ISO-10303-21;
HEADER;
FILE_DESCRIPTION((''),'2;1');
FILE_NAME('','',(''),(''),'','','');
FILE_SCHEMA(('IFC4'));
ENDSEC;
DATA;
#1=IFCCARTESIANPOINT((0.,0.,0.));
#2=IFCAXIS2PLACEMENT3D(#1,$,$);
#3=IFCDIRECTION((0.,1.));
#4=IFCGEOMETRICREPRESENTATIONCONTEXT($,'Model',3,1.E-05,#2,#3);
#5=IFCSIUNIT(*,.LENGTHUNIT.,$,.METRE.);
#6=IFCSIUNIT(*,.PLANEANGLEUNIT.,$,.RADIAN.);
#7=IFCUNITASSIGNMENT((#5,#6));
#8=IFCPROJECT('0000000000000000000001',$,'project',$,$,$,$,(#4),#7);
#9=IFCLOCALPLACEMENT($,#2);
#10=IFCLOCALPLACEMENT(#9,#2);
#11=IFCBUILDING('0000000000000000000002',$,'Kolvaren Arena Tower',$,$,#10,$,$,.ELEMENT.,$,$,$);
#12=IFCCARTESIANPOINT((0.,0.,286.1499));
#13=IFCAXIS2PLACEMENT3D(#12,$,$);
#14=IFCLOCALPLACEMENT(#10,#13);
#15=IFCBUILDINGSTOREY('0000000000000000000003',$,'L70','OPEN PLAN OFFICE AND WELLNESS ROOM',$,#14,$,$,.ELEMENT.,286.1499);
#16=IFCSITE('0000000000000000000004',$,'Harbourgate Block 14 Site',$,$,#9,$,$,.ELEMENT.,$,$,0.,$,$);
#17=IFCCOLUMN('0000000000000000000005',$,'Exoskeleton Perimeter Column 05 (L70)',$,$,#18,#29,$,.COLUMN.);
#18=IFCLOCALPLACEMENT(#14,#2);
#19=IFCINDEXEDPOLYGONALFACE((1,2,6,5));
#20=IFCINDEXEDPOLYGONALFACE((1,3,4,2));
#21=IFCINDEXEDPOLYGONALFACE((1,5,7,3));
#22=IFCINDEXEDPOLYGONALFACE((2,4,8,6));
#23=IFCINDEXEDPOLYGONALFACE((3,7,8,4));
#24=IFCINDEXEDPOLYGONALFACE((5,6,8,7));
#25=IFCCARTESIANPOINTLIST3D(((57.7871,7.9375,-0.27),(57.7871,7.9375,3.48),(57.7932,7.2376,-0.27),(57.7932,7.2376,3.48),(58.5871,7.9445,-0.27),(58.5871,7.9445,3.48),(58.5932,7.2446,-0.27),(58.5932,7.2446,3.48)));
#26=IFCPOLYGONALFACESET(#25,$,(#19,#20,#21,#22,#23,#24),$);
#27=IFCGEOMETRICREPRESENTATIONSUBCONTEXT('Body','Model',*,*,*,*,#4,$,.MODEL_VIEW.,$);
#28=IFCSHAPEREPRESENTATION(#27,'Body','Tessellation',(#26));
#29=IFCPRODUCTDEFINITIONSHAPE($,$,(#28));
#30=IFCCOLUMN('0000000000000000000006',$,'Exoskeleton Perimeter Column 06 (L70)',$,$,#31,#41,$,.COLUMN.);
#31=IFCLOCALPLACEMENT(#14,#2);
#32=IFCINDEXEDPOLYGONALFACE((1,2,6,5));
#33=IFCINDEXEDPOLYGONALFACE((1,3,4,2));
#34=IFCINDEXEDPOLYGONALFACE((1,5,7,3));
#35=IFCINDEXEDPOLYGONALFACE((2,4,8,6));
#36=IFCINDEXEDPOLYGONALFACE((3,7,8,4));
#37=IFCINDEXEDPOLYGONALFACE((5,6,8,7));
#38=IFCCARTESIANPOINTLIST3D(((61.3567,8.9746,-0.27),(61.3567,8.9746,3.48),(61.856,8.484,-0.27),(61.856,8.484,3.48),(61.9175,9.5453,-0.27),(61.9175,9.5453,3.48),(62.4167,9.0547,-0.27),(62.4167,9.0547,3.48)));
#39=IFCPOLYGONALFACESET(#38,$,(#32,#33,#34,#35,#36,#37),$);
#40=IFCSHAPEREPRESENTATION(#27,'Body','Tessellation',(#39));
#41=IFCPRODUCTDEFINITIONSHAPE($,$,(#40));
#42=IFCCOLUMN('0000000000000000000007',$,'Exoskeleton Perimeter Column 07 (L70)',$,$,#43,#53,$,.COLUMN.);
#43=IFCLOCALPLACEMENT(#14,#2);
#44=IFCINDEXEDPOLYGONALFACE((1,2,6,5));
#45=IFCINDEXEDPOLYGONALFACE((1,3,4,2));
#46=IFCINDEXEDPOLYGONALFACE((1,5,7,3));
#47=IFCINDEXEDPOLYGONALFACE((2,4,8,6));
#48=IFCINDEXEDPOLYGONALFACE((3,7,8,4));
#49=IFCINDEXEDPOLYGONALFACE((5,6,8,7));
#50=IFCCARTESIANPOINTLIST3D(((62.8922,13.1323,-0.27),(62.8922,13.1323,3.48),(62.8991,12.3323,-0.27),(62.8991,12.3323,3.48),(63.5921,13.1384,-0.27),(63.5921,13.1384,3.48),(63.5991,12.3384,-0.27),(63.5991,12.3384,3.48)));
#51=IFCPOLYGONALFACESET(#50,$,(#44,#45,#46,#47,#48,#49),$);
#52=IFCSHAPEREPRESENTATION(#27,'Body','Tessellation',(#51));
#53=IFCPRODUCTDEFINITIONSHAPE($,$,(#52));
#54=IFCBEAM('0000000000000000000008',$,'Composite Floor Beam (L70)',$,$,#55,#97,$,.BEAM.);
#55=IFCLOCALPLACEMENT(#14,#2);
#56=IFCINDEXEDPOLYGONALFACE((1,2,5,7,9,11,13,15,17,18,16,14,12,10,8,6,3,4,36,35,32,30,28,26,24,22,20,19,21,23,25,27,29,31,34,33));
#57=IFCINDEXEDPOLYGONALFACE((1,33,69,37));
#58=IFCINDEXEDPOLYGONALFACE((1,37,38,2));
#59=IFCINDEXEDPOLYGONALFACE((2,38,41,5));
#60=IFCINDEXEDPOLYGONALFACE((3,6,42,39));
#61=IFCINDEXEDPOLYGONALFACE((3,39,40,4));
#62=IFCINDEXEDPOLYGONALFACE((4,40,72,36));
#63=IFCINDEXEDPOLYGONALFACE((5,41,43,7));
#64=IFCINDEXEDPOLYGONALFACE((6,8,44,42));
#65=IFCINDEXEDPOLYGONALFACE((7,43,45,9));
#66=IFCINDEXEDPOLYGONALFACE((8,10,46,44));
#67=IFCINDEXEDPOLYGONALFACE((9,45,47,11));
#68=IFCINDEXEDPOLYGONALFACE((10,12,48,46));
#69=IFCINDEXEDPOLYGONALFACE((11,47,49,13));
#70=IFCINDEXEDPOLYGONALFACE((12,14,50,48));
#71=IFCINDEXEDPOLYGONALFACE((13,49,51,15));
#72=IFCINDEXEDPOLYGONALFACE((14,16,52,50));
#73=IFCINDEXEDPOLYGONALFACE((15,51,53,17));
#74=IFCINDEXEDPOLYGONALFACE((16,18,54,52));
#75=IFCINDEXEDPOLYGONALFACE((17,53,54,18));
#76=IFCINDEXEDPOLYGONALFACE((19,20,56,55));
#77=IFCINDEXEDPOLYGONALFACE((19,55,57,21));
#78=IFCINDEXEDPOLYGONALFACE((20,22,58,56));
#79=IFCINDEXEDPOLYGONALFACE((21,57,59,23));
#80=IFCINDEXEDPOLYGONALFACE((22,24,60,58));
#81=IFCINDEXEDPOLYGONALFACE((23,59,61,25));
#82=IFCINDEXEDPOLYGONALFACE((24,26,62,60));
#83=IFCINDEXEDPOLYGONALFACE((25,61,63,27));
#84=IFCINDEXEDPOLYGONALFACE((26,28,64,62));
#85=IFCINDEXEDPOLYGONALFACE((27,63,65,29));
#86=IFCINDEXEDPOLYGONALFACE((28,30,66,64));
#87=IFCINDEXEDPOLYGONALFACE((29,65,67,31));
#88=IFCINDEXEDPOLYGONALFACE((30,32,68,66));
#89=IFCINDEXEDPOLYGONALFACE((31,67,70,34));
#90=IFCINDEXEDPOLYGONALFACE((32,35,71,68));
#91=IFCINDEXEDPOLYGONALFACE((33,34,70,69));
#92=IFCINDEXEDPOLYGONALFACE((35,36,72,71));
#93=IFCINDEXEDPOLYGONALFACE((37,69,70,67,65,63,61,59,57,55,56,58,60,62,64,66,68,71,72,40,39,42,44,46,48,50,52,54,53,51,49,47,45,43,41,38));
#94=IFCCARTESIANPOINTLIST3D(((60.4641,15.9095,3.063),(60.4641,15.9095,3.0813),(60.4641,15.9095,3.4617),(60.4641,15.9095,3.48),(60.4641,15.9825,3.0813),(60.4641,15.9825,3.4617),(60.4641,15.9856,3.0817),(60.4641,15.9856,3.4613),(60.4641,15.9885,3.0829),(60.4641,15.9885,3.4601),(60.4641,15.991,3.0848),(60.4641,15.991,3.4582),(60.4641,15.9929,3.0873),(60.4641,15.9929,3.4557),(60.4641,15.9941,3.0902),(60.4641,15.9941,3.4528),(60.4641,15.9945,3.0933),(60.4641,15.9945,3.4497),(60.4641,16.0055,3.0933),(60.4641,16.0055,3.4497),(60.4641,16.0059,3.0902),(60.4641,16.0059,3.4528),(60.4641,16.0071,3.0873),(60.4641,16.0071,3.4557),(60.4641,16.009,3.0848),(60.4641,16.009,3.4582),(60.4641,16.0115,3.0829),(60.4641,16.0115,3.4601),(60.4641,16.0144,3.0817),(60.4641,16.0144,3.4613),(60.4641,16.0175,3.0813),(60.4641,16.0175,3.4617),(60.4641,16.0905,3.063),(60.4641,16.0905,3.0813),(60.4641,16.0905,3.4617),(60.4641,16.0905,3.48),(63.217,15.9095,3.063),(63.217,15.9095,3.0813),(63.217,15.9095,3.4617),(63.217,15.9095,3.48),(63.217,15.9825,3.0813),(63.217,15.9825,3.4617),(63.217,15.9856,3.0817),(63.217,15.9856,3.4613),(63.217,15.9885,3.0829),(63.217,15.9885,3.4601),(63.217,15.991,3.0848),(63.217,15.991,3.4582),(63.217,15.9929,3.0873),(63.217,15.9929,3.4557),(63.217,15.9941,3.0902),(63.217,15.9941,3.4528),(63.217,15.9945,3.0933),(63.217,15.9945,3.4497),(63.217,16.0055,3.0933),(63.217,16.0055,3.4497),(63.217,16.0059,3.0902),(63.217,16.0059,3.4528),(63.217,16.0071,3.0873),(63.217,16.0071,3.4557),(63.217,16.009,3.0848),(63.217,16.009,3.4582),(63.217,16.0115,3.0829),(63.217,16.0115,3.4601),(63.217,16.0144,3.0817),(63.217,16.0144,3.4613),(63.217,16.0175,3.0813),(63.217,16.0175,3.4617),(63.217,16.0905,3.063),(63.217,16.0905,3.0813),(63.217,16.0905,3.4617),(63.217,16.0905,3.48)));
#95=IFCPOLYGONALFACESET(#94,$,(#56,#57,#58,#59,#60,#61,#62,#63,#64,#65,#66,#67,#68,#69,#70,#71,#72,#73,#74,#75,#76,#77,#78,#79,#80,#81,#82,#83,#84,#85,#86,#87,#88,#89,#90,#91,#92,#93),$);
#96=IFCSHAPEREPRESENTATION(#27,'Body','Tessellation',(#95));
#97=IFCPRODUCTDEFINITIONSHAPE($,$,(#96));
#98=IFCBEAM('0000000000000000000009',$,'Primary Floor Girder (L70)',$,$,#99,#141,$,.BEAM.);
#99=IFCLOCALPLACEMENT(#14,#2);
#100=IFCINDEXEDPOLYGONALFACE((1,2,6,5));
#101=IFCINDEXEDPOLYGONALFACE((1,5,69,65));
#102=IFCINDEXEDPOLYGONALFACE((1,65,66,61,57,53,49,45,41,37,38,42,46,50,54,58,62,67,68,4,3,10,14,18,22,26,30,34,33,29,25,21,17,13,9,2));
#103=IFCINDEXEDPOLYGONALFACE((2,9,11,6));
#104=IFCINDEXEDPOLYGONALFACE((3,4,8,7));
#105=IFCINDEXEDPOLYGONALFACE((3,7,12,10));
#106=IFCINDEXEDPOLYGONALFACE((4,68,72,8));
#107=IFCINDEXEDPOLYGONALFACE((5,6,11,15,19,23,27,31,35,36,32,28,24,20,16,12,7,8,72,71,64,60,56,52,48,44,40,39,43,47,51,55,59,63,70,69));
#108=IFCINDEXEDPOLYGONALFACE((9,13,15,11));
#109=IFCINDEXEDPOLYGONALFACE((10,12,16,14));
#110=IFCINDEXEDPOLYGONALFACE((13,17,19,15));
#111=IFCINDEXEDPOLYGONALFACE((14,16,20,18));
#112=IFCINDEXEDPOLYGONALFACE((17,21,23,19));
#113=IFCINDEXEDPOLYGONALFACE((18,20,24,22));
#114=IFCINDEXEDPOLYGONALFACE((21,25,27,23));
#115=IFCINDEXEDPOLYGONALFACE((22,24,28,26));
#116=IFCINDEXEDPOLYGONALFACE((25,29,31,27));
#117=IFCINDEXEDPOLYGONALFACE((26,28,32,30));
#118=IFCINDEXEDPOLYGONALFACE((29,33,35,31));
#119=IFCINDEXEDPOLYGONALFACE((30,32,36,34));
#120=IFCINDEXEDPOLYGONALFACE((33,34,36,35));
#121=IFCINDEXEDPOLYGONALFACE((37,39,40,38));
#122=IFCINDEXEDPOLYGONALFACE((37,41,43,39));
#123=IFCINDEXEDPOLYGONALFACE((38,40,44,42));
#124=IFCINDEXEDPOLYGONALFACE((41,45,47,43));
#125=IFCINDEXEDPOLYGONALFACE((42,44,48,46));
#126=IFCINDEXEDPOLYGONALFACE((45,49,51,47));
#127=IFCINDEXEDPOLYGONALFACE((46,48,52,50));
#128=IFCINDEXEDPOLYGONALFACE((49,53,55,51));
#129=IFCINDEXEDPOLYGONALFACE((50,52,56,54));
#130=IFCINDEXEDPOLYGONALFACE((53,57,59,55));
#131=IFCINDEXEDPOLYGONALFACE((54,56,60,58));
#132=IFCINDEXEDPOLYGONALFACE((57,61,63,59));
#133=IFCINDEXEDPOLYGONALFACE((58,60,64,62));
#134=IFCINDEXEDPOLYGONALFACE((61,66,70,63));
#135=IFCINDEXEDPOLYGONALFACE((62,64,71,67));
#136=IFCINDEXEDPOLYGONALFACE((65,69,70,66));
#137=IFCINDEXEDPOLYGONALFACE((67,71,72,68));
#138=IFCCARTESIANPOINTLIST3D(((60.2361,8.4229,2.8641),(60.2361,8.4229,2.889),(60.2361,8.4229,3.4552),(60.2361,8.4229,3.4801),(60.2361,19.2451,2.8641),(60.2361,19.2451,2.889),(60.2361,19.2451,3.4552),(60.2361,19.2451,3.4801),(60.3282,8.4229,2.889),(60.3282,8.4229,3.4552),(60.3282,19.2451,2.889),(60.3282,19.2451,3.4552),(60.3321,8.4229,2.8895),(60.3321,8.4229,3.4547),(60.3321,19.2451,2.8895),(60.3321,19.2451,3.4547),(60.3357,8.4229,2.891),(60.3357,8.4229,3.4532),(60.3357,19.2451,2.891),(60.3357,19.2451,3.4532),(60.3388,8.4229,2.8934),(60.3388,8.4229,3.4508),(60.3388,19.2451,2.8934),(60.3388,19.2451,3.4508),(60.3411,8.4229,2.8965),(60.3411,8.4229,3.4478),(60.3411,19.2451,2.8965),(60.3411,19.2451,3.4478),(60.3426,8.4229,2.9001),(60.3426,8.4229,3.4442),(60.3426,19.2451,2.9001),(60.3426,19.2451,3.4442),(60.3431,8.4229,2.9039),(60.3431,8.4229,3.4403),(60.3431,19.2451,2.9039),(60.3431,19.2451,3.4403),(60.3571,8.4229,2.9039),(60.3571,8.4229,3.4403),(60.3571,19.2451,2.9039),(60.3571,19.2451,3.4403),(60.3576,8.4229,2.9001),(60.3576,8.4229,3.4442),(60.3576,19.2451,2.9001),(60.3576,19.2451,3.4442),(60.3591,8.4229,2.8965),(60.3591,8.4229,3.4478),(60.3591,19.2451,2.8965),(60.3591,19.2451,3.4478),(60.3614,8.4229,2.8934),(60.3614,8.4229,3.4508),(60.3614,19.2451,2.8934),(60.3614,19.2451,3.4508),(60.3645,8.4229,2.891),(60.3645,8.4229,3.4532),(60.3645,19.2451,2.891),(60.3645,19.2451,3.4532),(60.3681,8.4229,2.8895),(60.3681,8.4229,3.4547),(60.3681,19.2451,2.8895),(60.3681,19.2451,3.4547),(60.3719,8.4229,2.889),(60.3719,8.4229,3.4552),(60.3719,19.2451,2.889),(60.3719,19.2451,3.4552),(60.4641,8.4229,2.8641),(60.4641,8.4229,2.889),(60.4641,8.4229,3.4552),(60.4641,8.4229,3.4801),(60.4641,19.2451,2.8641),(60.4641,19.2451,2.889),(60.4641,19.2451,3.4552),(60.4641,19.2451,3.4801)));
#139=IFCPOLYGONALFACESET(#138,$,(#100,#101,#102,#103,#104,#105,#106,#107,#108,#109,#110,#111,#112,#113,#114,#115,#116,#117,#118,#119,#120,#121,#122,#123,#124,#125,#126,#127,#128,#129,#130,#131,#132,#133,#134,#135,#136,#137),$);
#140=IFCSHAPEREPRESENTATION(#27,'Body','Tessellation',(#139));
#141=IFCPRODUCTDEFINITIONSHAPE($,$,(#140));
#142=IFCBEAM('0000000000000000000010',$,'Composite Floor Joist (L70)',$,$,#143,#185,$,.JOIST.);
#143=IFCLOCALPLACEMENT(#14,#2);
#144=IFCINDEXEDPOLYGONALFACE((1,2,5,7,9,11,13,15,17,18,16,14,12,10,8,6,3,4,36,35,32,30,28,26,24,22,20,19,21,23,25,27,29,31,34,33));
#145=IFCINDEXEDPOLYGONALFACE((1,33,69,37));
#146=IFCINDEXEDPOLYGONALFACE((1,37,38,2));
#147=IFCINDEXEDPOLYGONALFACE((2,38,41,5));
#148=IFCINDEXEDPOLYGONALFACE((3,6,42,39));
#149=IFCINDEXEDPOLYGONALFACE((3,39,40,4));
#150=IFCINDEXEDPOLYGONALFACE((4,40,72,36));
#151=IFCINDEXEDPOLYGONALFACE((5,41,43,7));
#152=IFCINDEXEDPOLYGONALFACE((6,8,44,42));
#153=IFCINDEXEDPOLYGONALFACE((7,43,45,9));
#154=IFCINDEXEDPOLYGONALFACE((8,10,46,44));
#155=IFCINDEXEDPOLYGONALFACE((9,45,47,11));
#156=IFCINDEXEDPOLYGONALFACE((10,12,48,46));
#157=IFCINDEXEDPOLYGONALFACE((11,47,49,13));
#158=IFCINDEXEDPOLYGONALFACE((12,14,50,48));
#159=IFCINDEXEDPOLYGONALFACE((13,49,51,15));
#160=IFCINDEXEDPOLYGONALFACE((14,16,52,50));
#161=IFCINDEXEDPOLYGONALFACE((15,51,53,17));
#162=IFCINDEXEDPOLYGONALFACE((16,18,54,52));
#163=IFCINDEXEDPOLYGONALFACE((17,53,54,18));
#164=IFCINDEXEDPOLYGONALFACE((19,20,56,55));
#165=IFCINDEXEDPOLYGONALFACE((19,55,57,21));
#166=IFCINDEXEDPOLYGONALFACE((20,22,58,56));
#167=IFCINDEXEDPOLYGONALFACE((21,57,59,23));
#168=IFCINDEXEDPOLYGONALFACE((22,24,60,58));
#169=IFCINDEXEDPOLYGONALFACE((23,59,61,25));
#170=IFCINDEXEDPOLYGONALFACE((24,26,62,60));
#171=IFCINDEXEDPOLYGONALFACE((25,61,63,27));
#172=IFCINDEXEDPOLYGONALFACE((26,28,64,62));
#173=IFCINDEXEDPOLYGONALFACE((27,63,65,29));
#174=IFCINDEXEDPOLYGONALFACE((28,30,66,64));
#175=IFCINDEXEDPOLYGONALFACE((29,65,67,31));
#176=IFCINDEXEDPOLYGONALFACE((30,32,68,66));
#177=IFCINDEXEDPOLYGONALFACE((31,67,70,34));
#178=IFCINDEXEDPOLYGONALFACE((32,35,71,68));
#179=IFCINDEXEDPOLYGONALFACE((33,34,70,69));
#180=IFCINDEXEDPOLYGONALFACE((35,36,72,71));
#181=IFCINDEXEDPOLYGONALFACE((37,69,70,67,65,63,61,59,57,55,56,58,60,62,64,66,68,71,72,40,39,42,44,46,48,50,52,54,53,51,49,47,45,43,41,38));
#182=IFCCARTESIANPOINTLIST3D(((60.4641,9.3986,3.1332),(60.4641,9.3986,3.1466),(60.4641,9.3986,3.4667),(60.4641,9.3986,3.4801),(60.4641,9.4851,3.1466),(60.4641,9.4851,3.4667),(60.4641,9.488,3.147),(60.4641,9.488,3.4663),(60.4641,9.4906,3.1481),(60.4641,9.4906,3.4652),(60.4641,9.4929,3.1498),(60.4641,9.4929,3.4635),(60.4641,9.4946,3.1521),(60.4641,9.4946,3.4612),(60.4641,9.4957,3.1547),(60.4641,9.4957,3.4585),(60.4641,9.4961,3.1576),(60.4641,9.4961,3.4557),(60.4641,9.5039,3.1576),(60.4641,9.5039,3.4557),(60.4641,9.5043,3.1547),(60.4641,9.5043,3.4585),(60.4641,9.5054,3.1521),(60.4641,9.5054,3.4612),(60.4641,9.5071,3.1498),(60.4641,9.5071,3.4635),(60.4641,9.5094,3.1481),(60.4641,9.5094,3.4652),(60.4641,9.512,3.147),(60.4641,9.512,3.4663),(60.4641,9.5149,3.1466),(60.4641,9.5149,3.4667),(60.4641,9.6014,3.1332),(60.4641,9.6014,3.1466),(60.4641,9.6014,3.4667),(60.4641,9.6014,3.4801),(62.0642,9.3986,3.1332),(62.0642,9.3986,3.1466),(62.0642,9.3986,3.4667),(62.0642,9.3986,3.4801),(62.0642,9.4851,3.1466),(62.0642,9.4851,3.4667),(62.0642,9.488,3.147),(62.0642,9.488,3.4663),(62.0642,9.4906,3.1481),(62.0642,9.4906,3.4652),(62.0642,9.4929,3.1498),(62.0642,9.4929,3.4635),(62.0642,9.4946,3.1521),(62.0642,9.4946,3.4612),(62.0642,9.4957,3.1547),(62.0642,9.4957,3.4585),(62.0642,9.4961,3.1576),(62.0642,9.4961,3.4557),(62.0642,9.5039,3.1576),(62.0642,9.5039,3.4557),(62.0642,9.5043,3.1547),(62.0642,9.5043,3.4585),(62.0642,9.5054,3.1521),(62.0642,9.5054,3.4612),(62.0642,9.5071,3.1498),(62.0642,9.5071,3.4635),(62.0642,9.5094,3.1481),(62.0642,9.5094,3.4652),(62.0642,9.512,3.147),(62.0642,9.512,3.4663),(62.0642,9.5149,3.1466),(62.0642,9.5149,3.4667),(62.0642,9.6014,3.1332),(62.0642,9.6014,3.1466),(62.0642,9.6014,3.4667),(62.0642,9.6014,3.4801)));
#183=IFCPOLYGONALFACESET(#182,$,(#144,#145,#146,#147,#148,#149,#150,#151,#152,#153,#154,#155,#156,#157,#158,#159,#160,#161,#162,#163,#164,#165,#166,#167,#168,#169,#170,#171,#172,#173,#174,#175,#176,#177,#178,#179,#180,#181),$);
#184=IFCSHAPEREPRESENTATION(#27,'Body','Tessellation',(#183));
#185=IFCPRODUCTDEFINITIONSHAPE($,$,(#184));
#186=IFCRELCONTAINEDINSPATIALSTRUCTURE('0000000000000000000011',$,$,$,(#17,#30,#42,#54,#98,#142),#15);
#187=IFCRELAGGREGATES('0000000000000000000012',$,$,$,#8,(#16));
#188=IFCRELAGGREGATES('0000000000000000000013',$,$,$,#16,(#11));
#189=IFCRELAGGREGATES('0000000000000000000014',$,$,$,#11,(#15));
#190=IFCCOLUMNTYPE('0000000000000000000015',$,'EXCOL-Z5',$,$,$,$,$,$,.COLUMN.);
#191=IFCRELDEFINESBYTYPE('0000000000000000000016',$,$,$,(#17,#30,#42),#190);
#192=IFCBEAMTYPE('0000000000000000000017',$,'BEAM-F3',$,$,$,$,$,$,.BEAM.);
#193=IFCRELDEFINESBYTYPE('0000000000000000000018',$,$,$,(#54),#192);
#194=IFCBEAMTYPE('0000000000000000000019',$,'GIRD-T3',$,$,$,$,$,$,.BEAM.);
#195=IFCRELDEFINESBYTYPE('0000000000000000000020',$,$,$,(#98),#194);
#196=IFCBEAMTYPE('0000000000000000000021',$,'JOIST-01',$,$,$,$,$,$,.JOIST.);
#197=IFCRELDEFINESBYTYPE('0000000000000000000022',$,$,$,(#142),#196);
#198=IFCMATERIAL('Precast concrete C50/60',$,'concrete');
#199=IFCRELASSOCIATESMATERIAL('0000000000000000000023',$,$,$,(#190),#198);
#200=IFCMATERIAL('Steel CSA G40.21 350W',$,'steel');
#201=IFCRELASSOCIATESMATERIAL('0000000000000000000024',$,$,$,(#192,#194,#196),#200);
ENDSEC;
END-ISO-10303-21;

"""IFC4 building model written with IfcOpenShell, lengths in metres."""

from ifc_helpers import new_model, si_unit, direction, frame, origin, origin_2d, place, context, subcontext, project, spatial, rectangle, i_section, extrude, material, material_profile, profile_set, type_object, element, save


model = new_model("IFC4")

# Units and contexts
model_context = context("Model", 3, precision=1e-05, world=origin(), true_north=direction((0.0, 1.0)))
body_context = subcontext(model_context, "Body", "Model", "MODEL_VIEW")
ifc_project = project(units=[si_unit("LENGTHUNIT", "METRE"), si_unit("PLANEANGLEUNIT", "RADIAN")], contexts=[model_context])

# Site, building, storey
site_placement = place(None, origin())
site = spatial("IfcSite", under=ifc_project, at=site_placement, Name="Harbourgate Block 14 Site", CompositionType="ELEMENT", RefElevation=0.0)
building_placement = place(site_placement, origin())
building = spatial("IfcBuilding", under=site, at=building_placement, Name="Kolvaren Arena Tower", CompositionType="ELEMENT")
storey_placement = place(building_placement, frame((0.0, 0.0, 286.1499)))
storey = spatial("IfcBuildingStorey", under=building, at=storey_placement, Name="L70", Description="OPEN PLAN OFFICE AND WELLNESS ROOM", CompositionType="ELEMENT", Elevation=286.1499)

# Columns
ifc_material_1 = material(Name="Precast concrete C50/60", Category="concrete")
ifc_material_profile_1 = material_profile(ifc_material_1, rectangle(XDim=0.8, YDim=0.7, at=origin_2d()), Name="RC-800x700")
ifc_profile_set_1 = profile_set([ifc_material_profile_1], Name="Precast concrete C50/60")
column_type = type_object("IfcColumnType", Name="EXCOL-Z5", PredefinedType="COLUMN", material=ifc_profile_set_1)
for number, where, z_axis, x_axis, name in (
    (1, (58.1902, 7.5911, -0.27), (0.0, 0.0, 1.0), (0.999962, 0.008727, 0.0), "Exoskeleton Perimeter Column 05 (L70)"),
    (2, (61.8867, 9.0146, -0.27), (0.0, 0.0, 1.0), (0.700909, 0.71325, 0.0), "Exoskeleton Perimeter Column 06 (L70)"),
    (3, (63.2456, 12.7354, -0.27), (0.0, 0.0, 1.0), (-0.008727, 0.999962, 0.0), "Exoskeleton Perimeter Column 07 (L70)"),
):
    element("IfcColumn", number, at=place(storey_placement, frame(where, z_axis=z_axis, x_axis=x_axis)), inside=storey, type_object=column_type, Name=name, PredefinedType="COLUMN", context=body_context, shape_type="SweptSolid", body=[
        extrude(rectangle(XDim=0.8, YDim=0.7, at=origin_2d()), origin(), (0.0, 0.0, 1.0), 3.75),
    ])

# Beams
ifc_material_2 = material(Name="Steel CSA G40.21 350W", Category="steel")
ifc_material_profile_2 = material_profile(ifc_material_2, i_section(OverallWidth=0.1809, OverallDepth=0.417, WebThickness=0.011, FlangeThickness=0.0183, FilletRadius=0.012, at=origin_2d()), Name="W410x85")
ifc_profile_set_2 = profile_set([ifc_material_profile_2], Name="Steel CSA G40.21 350W")
beam_type_1 = type_object("IfcBeamType", Name="BEAM-F3", PredefinedType="BEAM", material=ifc_profile_set_2)
beam_1_placement = place(storey_placement, frame((60.4641, 16.0, 3.2715), z_axis=(1.0, 0.0, 0.0), x_axis=(0.0, 1.0, 0.0)))
element("IfcBeam", 4, at=beam_1_placement, inside=storey, type_object=beam_type_1, Name="Composite Floor Beam (L70)", PredefinedType="BEAM", context=body_context, shape_type="SweptSolid", body=[
    extrude(i_section(OverallWidth=0.1809, OverallDepth=0.417, WebThickness=0.011, FlangeThickness=0.0183, FilletRadius=0.012, at=origin_2d()), origin(), (0.0, 0.0, 1.0), 2.7529),
])
ifc_material_profile_3 = material_profile(ifc_material_2, i_section(OverallWidth=0.228, OverallDepth=0.616, WebThickness=0.0139, FlangeThickness=0.0249, FilletRadius=0.0149, at=origin_2d()), Name="W610x174")
ifc_profile_set_3 = profile_set([ifc_material_profile_3], Name="Steel CSA G40.21 350W")
beam_type_2 = type_object("IfcBeamType", Name="GIRD-T3", PredefinedType="BEAM", material=ifc_profile_set_3)
beam_2_placement = place(storey_placement, frame((60.3501, 8.4229, 3.1721), z_axis=(0.0, 1.0, 0.0), x_axis=(-1.0, 0.0, 0.0)))
element("IfcBeam", 5, at=beam_2_placement, inside=storey, type_object=beam_type_2, Name="Primary Floor Girder (L70)", PredefinedType="BEAM", context=body_context, shape_type="SweptSolid", body=[
    extrude(i_section(OverallWidth=0.228, OverallDepth=0.616, WebThickness=0.0139, FlangeThickness=0.0249, FilletRadius=0.0149, at=origin_2d()), origin(), (0.0, 0.0, 1.0), 10.8223),
])
ifc_material_profile_4 = material_profile(ifc_material_2, i_section(OverallWidth=0.2029, OverallDepth=0.3469, WebThickness=0.0078, FlangeThickness=0.0134, FilletRadius=0.011, at=origin_2d()), Name="W360x64")
ifc_profile_set_4 = profile_set([ifc_material_profile_4], Name="Steel CSA G40.21 350W")
beam_type_3 = type_object("IfcBeamType", Name="JOIST-01", PredefinedType="JOIST", material=ifc_profile_set_4)
beam_3_placement = place(storey_placement, frame((60.4641, 9.5, 3.3066), z_axis=(1.0, 0.0, 0.0), x_axis=(0.0, 1.0, 0.0)))
element("IfcBeam", 6, at=beam_3_placement, inside=storey, type_object=beam_type_3, Name="Composite Floor Joist (L70)", PredefinedType="JOIST", context=body_context, shape_type="SweptSolid", body=[
    extrude(i_section(OverallWidth=0.2029, OverallDepth=0.3469, WebThickness=0.0078, FlangeThickness=0.0134, FilletRadius=0.011, at=origin_2d()), origin(), (0.0, 0.0, 1.0), 1.6001),
])

save(model, "model.ifc")
